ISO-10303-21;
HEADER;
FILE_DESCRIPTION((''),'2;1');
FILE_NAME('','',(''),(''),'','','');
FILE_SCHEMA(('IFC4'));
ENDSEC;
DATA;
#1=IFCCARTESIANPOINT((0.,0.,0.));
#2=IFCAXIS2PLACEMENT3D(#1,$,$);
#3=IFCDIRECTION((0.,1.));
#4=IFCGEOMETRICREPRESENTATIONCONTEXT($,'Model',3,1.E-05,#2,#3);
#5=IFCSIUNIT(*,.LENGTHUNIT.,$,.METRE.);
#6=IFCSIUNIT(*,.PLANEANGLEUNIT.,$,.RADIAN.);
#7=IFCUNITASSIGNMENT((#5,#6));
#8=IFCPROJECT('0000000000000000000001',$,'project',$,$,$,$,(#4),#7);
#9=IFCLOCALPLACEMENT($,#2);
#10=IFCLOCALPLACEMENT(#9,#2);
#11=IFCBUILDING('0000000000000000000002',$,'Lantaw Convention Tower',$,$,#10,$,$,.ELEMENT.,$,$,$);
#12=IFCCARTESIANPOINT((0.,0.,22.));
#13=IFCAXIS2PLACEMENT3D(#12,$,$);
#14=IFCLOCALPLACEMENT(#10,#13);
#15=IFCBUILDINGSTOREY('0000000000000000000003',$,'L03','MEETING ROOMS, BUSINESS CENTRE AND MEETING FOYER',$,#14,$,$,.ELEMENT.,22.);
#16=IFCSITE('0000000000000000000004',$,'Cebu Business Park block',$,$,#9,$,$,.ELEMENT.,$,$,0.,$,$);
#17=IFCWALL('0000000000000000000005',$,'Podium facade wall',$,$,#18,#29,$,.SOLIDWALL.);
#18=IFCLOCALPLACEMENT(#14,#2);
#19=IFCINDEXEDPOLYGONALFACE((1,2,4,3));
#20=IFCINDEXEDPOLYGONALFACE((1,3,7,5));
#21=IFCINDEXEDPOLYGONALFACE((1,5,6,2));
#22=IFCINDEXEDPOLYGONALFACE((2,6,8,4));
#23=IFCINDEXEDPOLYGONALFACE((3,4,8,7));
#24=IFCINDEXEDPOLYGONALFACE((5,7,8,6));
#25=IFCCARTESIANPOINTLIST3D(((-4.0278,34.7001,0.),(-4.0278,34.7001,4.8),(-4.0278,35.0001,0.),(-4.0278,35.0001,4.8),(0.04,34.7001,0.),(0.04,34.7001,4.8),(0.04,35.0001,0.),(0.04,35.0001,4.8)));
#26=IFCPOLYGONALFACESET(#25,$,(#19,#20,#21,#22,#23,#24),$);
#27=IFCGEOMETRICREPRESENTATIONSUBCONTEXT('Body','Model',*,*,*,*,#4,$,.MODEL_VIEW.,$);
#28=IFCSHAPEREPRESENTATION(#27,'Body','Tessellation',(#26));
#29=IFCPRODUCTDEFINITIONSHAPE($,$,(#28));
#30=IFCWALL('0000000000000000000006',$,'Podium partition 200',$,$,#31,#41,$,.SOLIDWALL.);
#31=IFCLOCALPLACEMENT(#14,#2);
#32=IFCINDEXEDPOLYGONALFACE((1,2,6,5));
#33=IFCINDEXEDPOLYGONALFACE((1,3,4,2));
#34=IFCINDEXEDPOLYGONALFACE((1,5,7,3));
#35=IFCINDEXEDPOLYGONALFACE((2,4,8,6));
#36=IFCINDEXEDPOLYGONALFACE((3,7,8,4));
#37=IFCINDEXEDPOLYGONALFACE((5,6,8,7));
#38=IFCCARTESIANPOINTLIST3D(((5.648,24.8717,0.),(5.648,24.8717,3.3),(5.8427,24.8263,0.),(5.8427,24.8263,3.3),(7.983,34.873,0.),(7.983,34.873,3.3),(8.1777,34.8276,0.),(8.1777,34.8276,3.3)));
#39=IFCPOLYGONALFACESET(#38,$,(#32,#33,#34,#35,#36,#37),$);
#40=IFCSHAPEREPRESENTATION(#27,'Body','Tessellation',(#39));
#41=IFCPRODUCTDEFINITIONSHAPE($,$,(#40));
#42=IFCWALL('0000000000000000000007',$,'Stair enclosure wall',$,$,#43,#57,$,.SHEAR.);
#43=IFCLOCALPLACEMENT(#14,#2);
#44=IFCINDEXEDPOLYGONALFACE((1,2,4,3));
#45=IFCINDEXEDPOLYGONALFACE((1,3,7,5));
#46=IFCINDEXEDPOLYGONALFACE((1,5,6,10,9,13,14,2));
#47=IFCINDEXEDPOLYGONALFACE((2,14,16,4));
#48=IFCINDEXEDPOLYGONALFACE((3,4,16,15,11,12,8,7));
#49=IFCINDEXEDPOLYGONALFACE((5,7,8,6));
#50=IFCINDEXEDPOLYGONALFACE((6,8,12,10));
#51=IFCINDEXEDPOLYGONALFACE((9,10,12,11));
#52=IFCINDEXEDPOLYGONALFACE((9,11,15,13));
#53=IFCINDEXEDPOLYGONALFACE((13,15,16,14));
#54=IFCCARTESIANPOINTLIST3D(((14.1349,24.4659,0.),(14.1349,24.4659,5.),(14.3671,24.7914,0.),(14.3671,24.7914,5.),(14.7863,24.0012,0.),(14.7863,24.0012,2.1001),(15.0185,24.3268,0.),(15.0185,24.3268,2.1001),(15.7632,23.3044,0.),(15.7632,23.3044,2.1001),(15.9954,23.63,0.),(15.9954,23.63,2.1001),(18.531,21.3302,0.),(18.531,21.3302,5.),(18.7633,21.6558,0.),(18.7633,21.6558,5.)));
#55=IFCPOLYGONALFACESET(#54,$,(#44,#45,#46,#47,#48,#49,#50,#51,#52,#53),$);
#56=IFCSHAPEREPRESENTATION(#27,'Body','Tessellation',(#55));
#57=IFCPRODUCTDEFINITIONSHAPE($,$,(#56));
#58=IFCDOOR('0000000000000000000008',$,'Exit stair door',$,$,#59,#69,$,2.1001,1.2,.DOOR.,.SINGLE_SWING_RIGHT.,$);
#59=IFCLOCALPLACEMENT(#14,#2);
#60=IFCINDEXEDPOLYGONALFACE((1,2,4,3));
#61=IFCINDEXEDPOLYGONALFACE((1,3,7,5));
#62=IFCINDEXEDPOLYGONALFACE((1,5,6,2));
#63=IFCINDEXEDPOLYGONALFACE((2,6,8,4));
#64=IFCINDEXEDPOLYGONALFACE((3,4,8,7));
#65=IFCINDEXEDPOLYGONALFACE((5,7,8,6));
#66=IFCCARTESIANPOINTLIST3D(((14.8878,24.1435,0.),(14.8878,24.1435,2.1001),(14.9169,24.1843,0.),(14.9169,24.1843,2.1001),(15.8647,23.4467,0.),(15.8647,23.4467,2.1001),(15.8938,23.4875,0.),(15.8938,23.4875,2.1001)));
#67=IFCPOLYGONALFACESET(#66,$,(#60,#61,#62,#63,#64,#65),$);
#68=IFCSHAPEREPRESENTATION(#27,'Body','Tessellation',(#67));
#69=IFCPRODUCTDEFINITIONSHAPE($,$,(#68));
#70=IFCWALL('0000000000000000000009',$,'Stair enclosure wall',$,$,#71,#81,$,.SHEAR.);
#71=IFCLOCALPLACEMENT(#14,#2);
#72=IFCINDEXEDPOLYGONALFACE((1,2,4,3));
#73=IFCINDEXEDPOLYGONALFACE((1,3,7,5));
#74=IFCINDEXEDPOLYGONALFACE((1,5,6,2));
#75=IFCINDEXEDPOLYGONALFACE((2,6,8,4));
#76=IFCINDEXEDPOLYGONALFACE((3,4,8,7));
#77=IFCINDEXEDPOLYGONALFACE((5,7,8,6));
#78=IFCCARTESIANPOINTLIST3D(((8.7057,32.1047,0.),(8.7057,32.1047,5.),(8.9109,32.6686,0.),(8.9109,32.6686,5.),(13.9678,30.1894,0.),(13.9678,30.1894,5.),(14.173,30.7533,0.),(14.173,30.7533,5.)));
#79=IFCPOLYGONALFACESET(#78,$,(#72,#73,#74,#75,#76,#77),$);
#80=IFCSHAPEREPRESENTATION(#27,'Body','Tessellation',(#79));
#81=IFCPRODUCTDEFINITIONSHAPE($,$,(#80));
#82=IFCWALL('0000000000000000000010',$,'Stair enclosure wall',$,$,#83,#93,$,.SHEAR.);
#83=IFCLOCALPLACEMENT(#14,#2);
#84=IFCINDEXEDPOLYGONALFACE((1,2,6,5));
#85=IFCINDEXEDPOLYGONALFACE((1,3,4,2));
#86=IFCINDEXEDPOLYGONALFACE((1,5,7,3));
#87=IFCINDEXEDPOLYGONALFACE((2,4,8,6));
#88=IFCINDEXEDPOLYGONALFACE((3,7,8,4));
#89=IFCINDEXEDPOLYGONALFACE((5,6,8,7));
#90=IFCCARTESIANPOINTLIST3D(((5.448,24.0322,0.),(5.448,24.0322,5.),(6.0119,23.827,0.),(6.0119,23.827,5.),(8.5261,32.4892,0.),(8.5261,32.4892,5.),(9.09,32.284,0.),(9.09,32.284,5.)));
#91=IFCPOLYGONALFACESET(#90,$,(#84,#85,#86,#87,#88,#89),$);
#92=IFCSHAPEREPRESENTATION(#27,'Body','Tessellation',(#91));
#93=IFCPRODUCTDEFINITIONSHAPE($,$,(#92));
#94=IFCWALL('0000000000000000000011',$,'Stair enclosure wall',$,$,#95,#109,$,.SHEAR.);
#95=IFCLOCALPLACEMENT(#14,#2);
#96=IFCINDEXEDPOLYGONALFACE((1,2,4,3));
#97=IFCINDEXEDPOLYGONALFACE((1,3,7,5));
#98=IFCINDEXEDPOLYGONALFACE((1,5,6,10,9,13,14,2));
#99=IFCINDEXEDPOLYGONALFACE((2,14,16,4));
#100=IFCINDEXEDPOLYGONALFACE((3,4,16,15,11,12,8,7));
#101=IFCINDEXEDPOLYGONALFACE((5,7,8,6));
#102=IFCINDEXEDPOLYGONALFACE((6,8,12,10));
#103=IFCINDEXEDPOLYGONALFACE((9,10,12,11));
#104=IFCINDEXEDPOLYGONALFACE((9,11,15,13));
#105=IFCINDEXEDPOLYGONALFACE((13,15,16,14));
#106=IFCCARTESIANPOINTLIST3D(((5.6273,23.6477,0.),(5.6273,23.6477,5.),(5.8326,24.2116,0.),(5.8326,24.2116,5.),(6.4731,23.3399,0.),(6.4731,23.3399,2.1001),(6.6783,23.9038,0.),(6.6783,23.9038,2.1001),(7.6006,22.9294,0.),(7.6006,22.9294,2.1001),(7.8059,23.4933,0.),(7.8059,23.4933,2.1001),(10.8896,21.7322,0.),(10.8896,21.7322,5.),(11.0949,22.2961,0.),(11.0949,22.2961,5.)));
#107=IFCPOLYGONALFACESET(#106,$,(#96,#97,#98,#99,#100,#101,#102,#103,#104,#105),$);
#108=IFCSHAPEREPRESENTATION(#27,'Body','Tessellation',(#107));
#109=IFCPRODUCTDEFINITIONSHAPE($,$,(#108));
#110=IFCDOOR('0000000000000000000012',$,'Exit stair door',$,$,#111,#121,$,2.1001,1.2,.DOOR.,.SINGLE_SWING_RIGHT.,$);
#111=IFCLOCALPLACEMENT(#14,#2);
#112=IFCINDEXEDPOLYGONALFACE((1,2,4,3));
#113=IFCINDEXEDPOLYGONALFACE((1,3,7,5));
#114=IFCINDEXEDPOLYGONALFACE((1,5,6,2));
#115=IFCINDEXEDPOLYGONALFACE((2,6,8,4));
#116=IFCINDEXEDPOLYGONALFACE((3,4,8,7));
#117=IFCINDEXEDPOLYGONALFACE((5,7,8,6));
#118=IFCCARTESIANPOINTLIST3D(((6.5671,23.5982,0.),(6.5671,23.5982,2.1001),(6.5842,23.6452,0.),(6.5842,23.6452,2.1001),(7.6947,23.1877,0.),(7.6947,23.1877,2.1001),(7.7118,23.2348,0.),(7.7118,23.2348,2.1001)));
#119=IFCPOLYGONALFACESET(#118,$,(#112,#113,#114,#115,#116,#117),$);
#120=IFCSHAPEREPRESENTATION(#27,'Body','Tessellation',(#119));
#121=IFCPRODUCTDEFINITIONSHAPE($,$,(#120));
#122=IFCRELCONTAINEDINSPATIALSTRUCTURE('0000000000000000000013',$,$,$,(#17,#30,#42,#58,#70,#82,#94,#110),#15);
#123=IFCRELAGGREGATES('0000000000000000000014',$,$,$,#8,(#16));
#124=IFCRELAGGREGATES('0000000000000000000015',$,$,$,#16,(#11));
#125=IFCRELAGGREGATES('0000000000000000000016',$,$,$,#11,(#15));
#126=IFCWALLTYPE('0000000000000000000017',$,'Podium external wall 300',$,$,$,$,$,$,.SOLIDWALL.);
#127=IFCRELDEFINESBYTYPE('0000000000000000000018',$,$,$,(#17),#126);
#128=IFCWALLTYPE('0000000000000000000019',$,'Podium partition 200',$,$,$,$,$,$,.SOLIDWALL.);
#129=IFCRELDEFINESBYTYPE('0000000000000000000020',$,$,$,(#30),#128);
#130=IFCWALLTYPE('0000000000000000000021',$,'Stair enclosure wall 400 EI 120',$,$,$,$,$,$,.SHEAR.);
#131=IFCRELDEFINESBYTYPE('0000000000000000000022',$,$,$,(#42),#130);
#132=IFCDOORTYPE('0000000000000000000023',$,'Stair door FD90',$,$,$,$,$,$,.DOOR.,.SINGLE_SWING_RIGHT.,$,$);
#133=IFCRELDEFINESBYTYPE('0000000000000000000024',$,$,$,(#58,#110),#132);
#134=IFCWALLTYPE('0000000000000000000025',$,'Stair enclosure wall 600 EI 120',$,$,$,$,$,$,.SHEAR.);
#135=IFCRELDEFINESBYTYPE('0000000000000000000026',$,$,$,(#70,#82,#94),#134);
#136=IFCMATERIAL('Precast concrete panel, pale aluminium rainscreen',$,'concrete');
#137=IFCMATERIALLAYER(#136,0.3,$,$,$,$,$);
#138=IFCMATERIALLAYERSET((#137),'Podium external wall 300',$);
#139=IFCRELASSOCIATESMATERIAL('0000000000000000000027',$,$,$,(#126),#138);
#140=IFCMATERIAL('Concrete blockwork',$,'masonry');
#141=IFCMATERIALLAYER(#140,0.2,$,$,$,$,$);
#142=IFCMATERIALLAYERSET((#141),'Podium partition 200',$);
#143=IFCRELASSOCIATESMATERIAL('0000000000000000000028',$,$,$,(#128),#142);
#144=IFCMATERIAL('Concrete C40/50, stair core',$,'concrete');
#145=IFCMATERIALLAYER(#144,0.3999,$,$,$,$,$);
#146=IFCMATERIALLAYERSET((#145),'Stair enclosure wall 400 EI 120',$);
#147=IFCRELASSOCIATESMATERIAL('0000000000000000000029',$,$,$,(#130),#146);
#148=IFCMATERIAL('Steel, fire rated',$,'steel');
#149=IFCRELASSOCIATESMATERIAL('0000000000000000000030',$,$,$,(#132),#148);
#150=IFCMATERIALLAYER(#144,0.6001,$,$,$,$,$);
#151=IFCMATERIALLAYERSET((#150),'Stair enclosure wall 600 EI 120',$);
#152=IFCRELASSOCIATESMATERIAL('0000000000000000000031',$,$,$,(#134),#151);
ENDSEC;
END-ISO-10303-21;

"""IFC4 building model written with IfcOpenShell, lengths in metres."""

from ifc_helpers import new_model, si_unit, direction, frame, frame_2d, origin, place, context, subcontext, project, spatial, rectangle, extrude, material, layer, layer_set, type_object, element, fill, save


model = new_model("IFC4")

# Units and contexts
model_context = context("Model", 3, precision=1e-05, world=origin(), true_north=direction((0.0, 1.0)))
body_context = subcontext(model_context, "Body", "Model", "MODEL_VIEW")
ifc_project = project(units=[si_unit("LENGTHUNIT", "METRE"), si_unit("PLANEANGLEUNIT", "RADIAN")], contexts=[model_context])

# Site, building, storey
site_placement = place(None, origin())
site = spatial("IfcSite", under=ifc_project, at=site_placement, Name="Cebu Business Park block", CompositionType="ELEMENT", RefElevation=0.0)
building_placement = place(site_placement, origin())
building = spatial("IfcBuilding", under=site, at=building_placement, Name="Lantaw Convention Tower", CompositionType="ELEMENT")
storey_placement = place(building_placement, frame((0.0, 0.0, 22.0)))
storey = spatial("IfcBuildingStorey", under=building, at=storey_placement, Name="L03", Description="MEETING ROOMS, BUSINESS CENTRE AND MEETING FOYER", CompositionType="ELEMENT", Elevation=22.0)

# Shared definitions
ifc_material_1 = material(Name="Precast concrete panel, pale aluminium rainscreen", Category="concrete")
ifc_layer_1 = layer(ifc_material_1, 0.3)
ifc_layer_set_1 = layer_set([ifc_layer_1], Name="Podium external wall 300")
wall_type_1 = type_object("IfcWallType", Name="Podium external wall 300", PredefinedType="SOLIDWALL", material=ifc_layer_set_1)

# Walls
for number, where, z_axis, x_axis, name in (
    (1, (0.04, 34.8501, 0.0), (0.0, 0.0, 1.0), (-1.0, 0.0, 0.0), "Podium facade wall"),
):
    element("IfcWall", number, at=place(storey_placement, frame(where, z_axis=z_axis, x_axis=x_axis)), inside=storey, type_object=wall_type_1, Name=name, PredefinedType="SOLIDWALL", context=body_context, shape_type="SweptSolid", body=[
        extrude(rectangle(XDim=4.0679, YDim=0.3, at=frame_2d((2.0339, 0.0))), origin(), (0.0, 0.0, 1.0), 4.8),
    ])
ifc_material_2 = material(Name="Concrete blockwork", Category="masonry")
ifc_layer_2 = layer(ifc_material_2, 0.2)
ifc_layer_set_2 = layer_set([ifc_layer_2], Name="Podium partition 200")
wall_type_2 = type_object("IfcWallType", Name="Podium partition 200", PredefinedType="SOLIDWALL", material=ifc_layer_set_2)
wall_1_placement = place(storey_placement, frame((5.7454, 24.8489, 0.0), z_axis=(0.0, 0.0, 1.0), x_axis=(0.227354, 0.973812, 0.0)))
element("IfcWall", 2, at=wall_1_placement, inside=storey, type_object=wall_type_2, Name="Podium partition 200", PredefinedType="SOLIDWALL", context=body_context, shape_type="SweptSolid", body=[
    extrude(rectangle(XDim=10.2703, YDim=0.2, at=frame_2d((5.1353, 0.0))), origin(), (0.0, 0.0, 1.0), 3.3),
])

# Wall, opening, door
ifc_material_3 = material(Name="Concrete C40/50, stair core", Category="concrete")
ifc_layer_3 = layer(ifc_material_3, 0.3999)
ifc_layer_set_3 = layer_set([ifc_layer_3], Name="Stair enclosure wall 400 EI 120")
wall_type_3 = type_object("IfcWallType", Name="Stair enclosure wall 400 EI 120", PredefinedType="SHEAR", material=ifc_layer_set_3)
wall_2_placement = place(storey_placement, frame((14.251, 24.6287, 0.0), z_axis=(0.0, 0.0, 1.0), x_axis=(0.814121, -0.580695, 0.0)))
wall_2 = element("IfcWall", 3, at=wall_2_placement, inside=storey, type_object=wall_type_3, Name="Stair enclosure wall", PredefinedType="SHEAR", context=body_context, shape_type="SweptSolid", body=[
    extrude(rectangle(XDim=5.3999, YDim=0.3999, at=frame_2d((2.7, 0.0))), origin(), (0.0, 0.0, 1.0), 5.0),
])
opening_1_placement = place(wall_2_placement, frame((0.8, 0.0, 0.0)))
opening_1 = element("IfcOpeningElement", 4, at=opening_1_placement, cuts=wall_2, PredefinedType="OPENING", context=body_context, shape_type="SweptSolid", body=[
    extrude(rectangle(XDim=1.2, YDim=2.1001, at=frame_2d((0.6001, 1.05))), frame((0.0, 0.21, 0.0), z_axis=(0.0, -1.0, 0.0), x_axis=(1.0, 0.0, 0.0)), (0.0, 0.0, 1.0), 0.4199),
])
ifc_material_4 = material(Name="Steel, fire rated", Category="steel")
door_type_1 = type_object("IfcDoorType", Name="Stair door FD90", OperationType="SINGLE_SWING_RIGHT", PredefinedType="DOOR", material=ifc_material_4)
door_1_placement = place(opening_1_placement, origin())
door_1 = element("IfcDoor", 5, at=door_1_placement, inside=storey, type_object=door_type_1, Name="Exit stair door", OperationType="SINGLE_SWING_RIGHT", OverallHeight=2.1001, OverallWidth=1.2, PredefinedType="DOOR", context=body_context, shape_type="SweptSolid", body=[
    extrude(rectangle(XDim=1.2, YDim=2.1001, at=frame_2d((0.6001, 1.05))), frame((0.0, 0.0249, 0.0), z_axis=(0.0, -1.0, 0.0), x_axis=(1.0, 0.0, 0.0)), (0.0, 0.0, 1.0), 0.05),
])
fill(opening_1, door_1)

# Walls
ifc_layer_4 = layer(ifc_material_3, 0.6001)
ifc_layer_set_4 = layer_set([ifc_layer_4], Name="Stair enclosure wall 600 EI 120")
wall_type_4 = type_object("IfcWallType", Name="Stair enclosure wall 600 EI 120", PredefinedType="SHEAR", material=ifc_layer_set_4)
wall_3_placement = place(storey_placement, frame((14.0703, 30.4714, 0.0), z_axis=(0.0, 0.0, 1.0), x_axis=(-0.939693, 0.34202, 0.0)))
element("IfcWall", 6, at=wall_3_placement, inside=storey, type_object=wall_type_4, Name="Stair enclosure wall", PredefinedType="SHEAR", context=body_context, shape_type="SweptSolid", body=[
    extrude(rectangle(XDim=5.5999, YDim=0.6001, at=frame_2d((2.7998, 0.0))), origin(), (0.0, 0.0, 1.0), 5.0),
])
wall_4_placement = place(storey_placement, frame((8.8081, 32.3867, 0.0), z_axis=(0.0, 0.0, 1.0), x_axis=(-0.342022, -0.939692, 0.0)))
element("IfcWall", 7, at=wall_4_placement, inside=storey, type_object=wall_type_4, Name="Stair enclosure wall", PredefinedType="SHEAR", context=body_context, shape_type="SweptSolid", body=[
    extrude(rectangle(XDim=8.9998, YDim=0.6001, at=frame_2d((4.5, 0.0))), origin(), (0.0, 0.0, 1.0), 5.0),
])

# Wall, opening, door
wall_5_placement = place(storey_placement, frame((5.73, 23.9297, 0.0), z_axis=(0.0, 0.0, 1.0), x_axis=(0.939679, -0.342058, 0.0)))
wall_5 = element("IfcWall", 8, at=wall_5_placement, inside=storey, type_object=wall_type_4, Name="Stair enclosure wall", PredefinedType="SHEAR", context=body_context, shape_type="SweptSolid", body=[
    extrude(rectangle(XDim=5.6001, YDim=0.6001, at=frame_2d((2.8, 0.0))), origin(), (0.0, 0.0, 1.0), 5.0),
])
opening_2_placement = place(wall_5_placement, frame((0.8999, 0.0, 0.0)))
opening_2 = element("IfcOpeningElement", 9, at=opening_2_placement, cuts=wall_5, PredefinedType="OPENING", context=body_context, shape_type="SweptSolid", body=[
    extrude(rectangle(XDim=1.2, YDim=2.1001, at=frame_2d((0.6001, 1.05))), frame((0.0, 0.3101, 0.0), z_axis=(0.0, -1.0, 0.0), x_axis=(1.0, 0.0, 0.0)), (0.0, 0.0, 1.0), 0.6201),
])
door_2_placement = place(opening_2_placement, origin())
door_2 = element("IfcDoor", 10, at=door_2_placement, inside=storey, type_object=door_type_1, Name="Exit stair door", OperationType="SINGLE_SWING_RIGHT", OverallHeight=2.1001, OverallWidth=1.2, PredefinedType="DOOR", context=body_context, shape_type="SweptSolid", body=[
    extrude(rectangle(XDim=1.2, YDim=2.1001, at=frame_2d((0.6001, 1.05))), frame((0.0, 0.0249, 0.0), z_axis=(0.0, -1.0, 0.0), x_axis=(1.0, 0.0, 0.0)), (0.0, 0.0, 1.0), 0.05),
])
fill(opening_2, door_2)

save(model, "model.ifc")
